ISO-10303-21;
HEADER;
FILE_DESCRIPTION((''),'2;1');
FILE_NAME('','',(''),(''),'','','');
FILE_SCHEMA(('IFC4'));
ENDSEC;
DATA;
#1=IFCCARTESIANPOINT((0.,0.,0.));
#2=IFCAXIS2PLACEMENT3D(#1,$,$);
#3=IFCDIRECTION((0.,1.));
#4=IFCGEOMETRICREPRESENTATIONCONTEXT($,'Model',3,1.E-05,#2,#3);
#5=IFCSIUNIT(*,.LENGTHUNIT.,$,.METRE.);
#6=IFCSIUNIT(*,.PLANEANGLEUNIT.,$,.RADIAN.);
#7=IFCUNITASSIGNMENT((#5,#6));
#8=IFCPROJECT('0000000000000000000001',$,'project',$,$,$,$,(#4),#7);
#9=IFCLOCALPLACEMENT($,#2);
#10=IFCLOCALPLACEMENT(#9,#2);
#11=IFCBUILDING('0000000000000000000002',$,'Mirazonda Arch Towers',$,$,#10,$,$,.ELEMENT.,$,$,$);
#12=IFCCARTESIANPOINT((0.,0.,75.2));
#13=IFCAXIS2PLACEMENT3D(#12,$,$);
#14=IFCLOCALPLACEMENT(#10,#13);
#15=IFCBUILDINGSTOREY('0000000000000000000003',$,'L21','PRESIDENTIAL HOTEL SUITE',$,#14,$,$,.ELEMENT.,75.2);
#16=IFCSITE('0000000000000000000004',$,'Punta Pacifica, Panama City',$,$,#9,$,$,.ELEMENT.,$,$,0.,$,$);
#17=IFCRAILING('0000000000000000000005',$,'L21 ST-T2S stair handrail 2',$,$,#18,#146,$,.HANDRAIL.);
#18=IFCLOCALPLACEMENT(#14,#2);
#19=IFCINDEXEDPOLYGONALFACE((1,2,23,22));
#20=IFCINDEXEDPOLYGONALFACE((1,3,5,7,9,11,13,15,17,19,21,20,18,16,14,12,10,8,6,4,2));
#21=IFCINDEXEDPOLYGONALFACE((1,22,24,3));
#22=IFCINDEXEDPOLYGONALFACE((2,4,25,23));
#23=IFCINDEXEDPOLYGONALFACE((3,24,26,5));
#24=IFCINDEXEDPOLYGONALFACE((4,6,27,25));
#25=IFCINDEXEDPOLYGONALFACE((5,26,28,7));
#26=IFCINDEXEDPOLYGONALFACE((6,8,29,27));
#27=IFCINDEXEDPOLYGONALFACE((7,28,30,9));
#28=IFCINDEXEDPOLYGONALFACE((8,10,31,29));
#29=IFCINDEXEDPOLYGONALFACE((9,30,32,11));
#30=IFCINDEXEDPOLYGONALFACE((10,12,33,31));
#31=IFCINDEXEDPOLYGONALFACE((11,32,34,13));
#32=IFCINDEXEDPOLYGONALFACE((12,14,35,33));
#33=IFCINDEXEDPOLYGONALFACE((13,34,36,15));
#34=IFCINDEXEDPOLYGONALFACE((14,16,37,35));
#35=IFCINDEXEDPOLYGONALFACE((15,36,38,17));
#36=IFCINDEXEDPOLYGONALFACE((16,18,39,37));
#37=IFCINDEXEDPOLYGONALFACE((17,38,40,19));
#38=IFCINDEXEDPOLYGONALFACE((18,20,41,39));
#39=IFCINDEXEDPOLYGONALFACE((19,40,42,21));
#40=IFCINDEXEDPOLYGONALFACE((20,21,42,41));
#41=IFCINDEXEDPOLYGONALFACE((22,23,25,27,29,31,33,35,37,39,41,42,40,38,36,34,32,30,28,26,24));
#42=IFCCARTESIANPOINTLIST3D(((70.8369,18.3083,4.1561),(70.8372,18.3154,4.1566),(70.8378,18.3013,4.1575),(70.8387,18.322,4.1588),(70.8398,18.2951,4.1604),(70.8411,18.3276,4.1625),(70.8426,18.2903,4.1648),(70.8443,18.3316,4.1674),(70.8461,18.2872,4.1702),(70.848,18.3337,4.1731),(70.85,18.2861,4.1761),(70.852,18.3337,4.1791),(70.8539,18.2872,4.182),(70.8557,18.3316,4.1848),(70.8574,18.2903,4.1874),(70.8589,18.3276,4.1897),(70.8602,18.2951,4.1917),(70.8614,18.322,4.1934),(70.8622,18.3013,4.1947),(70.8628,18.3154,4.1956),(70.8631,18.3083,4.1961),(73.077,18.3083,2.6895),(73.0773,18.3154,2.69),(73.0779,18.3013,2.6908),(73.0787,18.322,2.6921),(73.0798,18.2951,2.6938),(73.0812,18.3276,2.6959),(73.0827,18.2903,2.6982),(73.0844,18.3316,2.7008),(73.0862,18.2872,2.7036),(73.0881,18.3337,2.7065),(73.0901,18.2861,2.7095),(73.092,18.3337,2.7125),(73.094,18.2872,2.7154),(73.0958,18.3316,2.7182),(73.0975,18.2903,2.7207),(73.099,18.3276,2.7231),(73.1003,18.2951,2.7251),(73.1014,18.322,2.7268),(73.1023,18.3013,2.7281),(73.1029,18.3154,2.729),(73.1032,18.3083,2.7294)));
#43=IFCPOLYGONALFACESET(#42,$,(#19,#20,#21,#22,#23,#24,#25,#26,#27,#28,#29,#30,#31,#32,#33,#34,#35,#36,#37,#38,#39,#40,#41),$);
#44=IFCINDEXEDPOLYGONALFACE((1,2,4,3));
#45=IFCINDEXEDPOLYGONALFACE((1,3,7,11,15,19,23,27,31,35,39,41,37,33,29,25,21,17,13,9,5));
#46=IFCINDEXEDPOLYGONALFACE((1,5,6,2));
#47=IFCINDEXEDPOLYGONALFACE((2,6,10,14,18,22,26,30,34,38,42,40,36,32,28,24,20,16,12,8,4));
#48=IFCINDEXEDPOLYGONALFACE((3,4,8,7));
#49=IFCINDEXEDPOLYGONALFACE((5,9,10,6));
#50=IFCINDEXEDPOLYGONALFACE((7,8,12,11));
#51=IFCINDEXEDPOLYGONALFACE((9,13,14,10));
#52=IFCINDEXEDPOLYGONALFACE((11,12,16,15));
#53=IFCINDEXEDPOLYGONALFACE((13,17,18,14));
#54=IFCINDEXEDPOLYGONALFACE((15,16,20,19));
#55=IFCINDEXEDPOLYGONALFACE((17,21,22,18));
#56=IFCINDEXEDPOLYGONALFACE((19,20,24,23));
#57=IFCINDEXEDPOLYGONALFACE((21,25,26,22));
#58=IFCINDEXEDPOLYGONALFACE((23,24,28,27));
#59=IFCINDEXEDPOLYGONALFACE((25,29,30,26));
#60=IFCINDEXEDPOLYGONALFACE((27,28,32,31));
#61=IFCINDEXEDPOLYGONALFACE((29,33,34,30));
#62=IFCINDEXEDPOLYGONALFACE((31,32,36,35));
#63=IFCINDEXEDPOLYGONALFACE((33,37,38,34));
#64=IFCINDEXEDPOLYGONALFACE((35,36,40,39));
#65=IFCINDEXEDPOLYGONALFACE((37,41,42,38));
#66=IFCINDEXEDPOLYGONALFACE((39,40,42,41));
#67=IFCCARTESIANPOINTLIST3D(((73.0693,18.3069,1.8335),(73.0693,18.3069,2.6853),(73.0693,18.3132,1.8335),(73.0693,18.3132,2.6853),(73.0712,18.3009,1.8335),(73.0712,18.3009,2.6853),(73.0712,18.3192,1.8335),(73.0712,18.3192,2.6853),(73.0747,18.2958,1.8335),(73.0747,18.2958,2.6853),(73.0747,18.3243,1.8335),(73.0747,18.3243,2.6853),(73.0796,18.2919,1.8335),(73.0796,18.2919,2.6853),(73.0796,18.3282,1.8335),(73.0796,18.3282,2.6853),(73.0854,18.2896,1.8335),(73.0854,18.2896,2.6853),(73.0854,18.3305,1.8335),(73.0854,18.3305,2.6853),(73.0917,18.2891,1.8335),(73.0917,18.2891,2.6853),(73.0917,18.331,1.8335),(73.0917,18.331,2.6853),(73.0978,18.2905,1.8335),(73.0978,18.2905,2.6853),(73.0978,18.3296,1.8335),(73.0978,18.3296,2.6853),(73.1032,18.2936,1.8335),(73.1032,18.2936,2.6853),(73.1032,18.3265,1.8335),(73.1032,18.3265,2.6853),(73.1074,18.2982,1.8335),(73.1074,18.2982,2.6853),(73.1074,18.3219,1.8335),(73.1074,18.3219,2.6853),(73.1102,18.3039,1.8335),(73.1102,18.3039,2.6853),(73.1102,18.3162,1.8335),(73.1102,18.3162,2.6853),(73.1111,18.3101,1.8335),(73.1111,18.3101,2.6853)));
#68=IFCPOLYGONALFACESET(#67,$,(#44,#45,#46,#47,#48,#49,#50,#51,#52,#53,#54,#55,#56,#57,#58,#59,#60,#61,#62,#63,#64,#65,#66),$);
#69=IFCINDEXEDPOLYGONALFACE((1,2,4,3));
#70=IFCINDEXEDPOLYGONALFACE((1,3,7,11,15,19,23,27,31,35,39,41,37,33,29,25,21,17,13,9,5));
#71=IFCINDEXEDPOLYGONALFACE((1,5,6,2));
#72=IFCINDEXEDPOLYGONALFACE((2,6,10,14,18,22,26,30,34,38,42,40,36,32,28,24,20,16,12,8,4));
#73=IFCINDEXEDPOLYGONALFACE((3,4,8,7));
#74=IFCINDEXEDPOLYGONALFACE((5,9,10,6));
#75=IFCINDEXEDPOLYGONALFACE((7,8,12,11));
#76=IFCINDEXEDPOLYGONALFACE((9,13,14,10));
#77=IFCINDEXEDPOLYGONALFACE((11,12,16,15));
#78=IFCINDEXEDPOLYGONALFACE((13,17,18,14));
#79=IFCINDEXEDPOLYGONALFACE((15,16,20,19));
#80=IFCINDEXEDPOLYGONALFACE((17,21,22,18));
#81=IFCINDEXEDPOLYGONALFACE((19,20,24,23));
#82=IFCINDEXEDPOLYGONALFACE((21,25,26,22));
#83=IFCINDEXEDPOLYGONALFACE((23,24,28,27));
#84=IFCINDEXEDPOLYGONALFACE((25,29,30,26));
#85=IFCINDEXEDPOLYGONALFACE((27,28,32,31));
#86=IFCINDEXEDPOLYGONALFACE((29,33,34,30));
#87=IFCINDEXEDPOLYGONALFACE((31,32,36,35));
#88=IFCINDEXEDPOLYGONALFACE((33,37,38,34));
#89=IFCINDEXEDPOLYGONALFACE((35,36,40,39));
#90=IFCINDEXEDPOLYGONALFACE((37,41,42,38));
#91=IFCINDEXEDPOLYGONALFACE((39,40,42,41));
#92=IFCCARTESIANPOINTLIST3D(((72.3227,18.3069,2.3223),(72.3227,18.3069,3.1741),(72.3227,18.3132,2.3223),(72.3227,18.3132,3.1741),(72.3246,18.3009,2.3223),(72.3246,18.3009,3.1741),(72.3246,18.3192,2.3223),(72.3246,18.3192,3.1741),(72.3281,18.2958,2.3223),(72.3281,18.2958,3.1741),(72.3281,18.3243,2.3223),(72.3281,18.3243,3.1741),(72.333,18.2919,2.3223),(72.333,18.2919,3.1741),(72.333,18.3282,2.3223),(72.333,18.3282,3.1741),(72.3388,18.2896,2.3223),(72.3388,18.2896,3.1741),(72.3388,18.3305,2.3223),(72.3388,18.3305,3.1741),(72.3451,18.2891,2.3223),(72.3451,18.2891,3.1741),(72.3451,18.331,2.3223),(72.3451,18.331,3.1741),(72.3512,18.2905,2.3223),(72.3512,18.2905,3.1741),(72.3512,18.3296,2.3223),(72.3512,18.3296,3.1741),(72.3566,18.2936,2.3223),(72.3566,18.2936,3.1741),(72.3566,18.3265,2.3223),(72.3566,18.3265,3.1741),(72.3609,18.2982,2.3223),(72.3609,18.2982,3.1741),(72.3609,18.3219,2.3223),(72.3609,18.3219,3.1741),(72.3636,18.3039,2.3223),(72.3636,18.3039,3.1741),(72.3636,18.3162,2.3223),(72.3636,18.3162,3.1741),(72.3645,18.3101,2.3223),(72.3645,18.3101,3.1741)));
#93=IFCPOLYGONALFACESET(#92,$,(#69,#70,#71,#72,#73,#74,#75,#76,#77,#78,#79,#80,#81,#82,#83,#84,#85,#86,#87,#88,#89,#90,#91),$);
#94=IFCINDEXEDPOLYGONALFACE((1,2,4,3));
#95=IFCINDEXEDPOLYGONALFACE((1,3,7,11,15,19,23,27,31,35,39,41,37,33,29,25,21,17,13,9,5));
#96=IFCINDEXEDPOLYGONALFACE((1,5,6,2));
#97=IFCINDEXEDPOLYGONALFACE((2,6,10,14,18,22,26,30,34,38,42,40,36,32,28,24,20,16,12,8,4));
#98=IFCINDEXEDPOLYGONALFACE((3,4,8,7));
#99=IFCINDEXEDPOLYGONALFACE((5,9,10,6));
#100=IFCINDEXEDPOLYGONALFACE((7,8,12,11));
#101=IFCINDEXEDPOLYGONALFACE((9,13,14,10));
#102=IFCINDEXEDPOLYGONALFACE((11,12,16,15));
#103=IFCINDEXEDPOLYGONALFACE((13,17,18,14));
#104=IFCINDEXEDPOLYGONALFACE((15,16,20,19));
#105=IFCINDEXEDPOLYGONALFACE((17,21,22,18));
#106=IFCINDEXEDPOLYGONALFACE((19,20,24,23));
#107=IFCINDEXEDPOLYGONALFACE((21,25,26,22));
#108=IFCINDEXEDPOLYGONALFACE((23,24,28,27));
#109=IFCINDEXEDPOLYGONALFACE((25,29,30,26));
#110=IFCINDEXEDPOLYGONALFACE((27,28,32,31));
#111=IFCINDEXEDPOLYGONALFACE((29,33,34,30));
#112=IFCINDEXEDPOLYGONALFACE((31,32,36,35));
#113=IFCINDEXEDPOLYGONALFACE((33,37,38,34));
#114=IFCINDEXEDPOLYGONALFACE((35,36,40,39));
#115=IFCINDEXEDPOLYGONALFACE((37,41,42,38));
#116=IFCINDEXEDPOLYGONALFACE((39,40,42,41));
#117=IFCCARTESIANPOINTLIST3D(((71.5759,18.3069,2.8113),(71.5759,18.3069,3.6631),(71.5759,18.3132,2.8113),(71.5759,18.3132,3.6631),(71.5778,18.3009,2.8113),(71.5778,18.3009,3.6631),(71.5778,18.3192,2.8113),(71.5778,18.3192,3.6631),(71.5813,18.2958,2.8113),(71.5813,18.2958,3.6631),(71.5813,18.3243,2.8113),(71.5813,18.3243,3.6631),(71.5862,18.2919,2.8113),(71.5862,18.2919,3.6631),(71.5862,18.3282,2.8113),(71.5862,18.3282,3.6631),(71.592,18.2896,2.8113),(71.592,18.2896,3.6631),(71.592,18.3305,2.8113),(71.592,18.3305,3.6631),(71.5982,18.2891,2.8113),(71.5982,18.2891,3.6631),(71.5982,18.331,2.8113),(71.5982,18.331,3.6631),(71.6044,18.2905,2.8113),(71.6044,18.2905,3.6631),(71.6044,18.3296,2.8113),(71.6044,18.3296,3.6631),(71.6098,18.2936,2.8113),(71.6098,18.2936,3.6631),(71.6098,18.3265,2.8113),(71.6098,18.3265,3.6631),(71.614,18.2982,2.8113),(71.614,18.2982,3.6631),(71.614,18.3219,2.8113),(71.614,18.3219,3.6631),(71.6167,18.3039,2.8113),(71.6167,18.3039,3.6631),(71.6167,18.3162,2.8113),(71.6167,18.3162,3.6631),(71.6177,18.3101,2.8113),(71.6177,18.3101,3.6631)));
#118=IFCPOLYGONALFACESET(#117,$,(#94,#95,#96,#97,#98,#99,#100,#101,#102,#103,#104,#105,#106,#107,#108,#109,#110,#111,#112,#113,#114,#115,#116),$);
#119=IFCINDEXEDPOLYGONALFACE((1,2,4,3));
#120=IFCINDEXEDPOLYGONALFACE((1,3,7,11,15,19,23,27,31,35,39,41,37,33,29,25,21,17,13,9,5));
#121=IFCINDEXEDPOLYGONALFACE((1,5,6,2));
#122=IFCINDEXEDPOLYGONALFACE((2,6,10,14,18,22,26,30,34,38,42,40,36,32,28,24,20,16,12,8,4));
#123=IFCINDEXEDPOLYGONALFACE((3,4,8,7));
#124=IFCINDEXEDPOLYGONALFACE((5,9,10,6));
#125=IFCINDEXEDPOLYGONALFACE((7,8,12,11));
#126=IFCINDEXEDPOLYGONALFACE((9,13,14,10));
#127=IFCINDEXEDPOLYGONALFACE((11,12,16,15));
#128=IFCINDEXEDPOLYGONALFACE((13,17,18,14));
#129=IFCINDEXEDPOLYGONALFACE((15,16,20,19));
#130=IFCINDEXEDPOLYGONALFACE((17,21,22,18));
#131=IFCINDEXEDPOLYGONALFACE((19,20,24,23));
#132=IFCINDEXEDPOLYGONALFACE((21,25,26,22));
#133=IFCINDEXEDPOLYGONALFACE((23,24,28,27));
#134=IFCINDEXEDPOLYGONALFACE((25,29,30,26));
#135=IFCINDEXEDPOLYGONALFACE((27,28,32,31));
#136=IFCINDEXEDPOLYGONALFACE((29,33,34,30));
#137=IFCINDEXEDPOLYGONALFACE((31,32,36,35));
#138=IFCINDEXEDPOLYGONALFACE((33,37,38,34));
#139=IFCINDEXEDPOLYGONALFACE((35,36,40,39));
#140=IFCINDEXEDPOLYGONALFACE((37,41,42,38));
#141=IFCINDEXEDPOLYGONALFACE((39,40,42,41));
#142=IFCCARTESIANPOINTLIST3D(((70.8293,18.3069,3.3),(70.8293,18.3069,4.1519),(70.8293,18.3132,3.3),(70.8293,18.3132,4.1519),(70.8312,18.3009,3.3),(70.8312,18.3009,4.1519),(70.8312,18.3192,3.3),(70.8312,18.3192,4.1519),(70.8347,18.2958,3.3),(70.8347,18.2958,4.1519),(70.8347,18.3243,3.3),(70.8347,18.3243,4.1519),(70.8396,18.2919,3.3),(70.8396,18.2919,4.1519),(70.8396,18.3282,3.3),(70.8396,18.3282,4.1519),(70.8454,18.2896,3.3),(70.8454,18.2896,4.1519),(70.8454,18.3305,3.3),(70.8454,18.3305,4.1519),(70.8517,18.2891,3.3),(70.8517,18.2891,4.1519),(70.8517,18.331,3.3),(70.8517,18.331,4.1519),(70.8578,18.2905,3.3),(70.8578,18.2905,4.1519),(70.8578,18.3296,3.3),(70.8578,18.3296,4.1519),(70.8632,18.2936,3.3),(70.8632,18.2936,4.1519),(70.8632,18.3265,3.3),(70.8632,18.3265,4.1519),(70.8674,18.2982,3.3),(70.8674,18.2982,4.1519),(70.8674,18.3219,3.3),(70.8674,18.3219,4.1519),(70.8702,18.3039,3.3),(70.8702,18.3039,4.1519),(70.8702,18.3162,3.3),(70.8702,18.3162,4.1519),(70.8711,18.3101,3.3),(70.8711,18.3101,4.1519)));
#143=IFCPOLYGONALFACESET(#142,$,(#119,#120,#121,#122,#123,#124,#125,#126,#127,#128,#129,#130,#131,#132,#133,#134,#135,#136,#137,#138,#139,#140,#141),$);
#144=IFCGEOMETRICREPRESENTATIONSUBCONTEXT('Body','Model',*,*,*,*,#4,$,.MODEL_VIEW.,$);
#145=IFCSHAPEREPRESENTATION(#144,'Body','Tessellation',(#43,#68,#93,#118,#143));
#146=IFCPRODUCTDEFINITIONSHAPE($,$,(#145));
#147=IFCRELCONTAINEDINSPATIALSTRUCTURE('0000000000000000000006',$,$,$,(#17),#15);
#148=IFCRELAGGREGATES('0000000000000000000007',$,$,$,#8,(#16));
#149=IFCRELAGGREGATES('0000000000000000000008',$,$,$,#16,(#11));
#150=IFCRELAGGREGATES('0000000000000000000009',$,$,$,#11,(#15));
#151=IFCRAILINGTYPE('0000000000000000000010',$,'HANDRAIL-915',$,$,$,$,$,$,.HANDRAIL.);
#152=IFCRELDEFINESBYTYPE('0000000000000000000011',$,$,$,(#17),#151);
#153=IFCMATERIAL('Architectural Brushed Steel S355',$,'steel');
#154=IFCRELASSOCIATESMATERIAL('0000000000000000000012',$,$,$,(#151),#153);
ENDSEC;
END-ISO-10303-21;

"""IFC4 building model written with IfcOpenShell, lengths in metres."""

from ifc_helpers import new_model, si_unit, direction, frame, origin, origin_2d, place, context, subcontext, project, spatial, circle, extrude, material, type_object, element, save


model = new_model("IFC4")

# Units and contexts
model_context = context("Model", 3, precision=1e-05, world=origin(), true_north=direction((0.0, 1.0)))
body_context = subcontext(model_context, "Body", "Model", "MODEL_VIEW")
ifc_project = project(units=[si_unit("LENGTHUNIT", "METRE"), si_unit("PLANEANGLEUNIT", "RADIAN")], contexts=[model_context])

# Site, building, storey
site_placement = place(None, origin())
site = spatial("IfcSite", under=ifc_project, at=site_placement, Name="Punta Pacifica, Panama City", CompositionType="ELEMENT", RefElevation=0.0)
building_placement = place(site_placement, origin())
building = spatial("IfcBuilding", under=site, at=building_placement, Name="Mirazonda Arch Towers", CompositionType="ELEMENT")
storey_placement = place(building_placement, frame((0.0, 0.0, 75.2)))
storey = spatial("IfcBuildingStorey", under=building, at=storey_placement, Name="L21", Description="PRESIDENTIAL HOTEL SUITE", CompositionType="ELEMENT", Elevation=75.2)

# Railing
ifc_material_1 = material(Name="Architectural Brushed Steel S355", Category="steel")
railing_type_1 = type_object("IfcRailingType", Name="HANDRAIL-915", PredefinedType="HANDRAIL", material=ifc_material_1)
railing_1_placement = place(storey_placement, frame((73.0901, 18.3101, 1.8335)))
element("IfcRailing", 1, at=railing_1_placement, inside=storey, type_object=railing_type_1, Name="L21 ST-T2S stair handrail 2", PredefinedType="HANDRAIL", context=body_context, shape_type="SweptSolid", body=[
    extrude(circle(Radius=0.0239, at=origin_2d()), frame((0.0, 0.0, 0.876), z_axis=(-0.836637, 0.0, 0.547758), x_axis=(0.0, -1.0, 0.0)), (0.0, 0.0, 1.0), 2.6775),
    extrude(circle(Radius=0.021, at=origin_2d()), origin(), (0.0, 0.0, 1.0), 0.8518),
    extrude(circle(Radius=0.021, at=origin_2d()), frame((-0.7466, 0.0, 0.4888)), (0.0, 0.0, 1.0), 0.8518),
    extrude(circle(Radius=0.021, at=origin_2d()), frame((-1.4934, 0.0, 0.9778)), (0.0, 0.0, 1.0), 0.8518),
    extrude(circle(Radius=0.021, at=origin_2d()), frame((-2.24, 0.0, 1.4666)), (0.0, 0.0, 1.0), 0.8518),
])

save(model, "model.ifc")
